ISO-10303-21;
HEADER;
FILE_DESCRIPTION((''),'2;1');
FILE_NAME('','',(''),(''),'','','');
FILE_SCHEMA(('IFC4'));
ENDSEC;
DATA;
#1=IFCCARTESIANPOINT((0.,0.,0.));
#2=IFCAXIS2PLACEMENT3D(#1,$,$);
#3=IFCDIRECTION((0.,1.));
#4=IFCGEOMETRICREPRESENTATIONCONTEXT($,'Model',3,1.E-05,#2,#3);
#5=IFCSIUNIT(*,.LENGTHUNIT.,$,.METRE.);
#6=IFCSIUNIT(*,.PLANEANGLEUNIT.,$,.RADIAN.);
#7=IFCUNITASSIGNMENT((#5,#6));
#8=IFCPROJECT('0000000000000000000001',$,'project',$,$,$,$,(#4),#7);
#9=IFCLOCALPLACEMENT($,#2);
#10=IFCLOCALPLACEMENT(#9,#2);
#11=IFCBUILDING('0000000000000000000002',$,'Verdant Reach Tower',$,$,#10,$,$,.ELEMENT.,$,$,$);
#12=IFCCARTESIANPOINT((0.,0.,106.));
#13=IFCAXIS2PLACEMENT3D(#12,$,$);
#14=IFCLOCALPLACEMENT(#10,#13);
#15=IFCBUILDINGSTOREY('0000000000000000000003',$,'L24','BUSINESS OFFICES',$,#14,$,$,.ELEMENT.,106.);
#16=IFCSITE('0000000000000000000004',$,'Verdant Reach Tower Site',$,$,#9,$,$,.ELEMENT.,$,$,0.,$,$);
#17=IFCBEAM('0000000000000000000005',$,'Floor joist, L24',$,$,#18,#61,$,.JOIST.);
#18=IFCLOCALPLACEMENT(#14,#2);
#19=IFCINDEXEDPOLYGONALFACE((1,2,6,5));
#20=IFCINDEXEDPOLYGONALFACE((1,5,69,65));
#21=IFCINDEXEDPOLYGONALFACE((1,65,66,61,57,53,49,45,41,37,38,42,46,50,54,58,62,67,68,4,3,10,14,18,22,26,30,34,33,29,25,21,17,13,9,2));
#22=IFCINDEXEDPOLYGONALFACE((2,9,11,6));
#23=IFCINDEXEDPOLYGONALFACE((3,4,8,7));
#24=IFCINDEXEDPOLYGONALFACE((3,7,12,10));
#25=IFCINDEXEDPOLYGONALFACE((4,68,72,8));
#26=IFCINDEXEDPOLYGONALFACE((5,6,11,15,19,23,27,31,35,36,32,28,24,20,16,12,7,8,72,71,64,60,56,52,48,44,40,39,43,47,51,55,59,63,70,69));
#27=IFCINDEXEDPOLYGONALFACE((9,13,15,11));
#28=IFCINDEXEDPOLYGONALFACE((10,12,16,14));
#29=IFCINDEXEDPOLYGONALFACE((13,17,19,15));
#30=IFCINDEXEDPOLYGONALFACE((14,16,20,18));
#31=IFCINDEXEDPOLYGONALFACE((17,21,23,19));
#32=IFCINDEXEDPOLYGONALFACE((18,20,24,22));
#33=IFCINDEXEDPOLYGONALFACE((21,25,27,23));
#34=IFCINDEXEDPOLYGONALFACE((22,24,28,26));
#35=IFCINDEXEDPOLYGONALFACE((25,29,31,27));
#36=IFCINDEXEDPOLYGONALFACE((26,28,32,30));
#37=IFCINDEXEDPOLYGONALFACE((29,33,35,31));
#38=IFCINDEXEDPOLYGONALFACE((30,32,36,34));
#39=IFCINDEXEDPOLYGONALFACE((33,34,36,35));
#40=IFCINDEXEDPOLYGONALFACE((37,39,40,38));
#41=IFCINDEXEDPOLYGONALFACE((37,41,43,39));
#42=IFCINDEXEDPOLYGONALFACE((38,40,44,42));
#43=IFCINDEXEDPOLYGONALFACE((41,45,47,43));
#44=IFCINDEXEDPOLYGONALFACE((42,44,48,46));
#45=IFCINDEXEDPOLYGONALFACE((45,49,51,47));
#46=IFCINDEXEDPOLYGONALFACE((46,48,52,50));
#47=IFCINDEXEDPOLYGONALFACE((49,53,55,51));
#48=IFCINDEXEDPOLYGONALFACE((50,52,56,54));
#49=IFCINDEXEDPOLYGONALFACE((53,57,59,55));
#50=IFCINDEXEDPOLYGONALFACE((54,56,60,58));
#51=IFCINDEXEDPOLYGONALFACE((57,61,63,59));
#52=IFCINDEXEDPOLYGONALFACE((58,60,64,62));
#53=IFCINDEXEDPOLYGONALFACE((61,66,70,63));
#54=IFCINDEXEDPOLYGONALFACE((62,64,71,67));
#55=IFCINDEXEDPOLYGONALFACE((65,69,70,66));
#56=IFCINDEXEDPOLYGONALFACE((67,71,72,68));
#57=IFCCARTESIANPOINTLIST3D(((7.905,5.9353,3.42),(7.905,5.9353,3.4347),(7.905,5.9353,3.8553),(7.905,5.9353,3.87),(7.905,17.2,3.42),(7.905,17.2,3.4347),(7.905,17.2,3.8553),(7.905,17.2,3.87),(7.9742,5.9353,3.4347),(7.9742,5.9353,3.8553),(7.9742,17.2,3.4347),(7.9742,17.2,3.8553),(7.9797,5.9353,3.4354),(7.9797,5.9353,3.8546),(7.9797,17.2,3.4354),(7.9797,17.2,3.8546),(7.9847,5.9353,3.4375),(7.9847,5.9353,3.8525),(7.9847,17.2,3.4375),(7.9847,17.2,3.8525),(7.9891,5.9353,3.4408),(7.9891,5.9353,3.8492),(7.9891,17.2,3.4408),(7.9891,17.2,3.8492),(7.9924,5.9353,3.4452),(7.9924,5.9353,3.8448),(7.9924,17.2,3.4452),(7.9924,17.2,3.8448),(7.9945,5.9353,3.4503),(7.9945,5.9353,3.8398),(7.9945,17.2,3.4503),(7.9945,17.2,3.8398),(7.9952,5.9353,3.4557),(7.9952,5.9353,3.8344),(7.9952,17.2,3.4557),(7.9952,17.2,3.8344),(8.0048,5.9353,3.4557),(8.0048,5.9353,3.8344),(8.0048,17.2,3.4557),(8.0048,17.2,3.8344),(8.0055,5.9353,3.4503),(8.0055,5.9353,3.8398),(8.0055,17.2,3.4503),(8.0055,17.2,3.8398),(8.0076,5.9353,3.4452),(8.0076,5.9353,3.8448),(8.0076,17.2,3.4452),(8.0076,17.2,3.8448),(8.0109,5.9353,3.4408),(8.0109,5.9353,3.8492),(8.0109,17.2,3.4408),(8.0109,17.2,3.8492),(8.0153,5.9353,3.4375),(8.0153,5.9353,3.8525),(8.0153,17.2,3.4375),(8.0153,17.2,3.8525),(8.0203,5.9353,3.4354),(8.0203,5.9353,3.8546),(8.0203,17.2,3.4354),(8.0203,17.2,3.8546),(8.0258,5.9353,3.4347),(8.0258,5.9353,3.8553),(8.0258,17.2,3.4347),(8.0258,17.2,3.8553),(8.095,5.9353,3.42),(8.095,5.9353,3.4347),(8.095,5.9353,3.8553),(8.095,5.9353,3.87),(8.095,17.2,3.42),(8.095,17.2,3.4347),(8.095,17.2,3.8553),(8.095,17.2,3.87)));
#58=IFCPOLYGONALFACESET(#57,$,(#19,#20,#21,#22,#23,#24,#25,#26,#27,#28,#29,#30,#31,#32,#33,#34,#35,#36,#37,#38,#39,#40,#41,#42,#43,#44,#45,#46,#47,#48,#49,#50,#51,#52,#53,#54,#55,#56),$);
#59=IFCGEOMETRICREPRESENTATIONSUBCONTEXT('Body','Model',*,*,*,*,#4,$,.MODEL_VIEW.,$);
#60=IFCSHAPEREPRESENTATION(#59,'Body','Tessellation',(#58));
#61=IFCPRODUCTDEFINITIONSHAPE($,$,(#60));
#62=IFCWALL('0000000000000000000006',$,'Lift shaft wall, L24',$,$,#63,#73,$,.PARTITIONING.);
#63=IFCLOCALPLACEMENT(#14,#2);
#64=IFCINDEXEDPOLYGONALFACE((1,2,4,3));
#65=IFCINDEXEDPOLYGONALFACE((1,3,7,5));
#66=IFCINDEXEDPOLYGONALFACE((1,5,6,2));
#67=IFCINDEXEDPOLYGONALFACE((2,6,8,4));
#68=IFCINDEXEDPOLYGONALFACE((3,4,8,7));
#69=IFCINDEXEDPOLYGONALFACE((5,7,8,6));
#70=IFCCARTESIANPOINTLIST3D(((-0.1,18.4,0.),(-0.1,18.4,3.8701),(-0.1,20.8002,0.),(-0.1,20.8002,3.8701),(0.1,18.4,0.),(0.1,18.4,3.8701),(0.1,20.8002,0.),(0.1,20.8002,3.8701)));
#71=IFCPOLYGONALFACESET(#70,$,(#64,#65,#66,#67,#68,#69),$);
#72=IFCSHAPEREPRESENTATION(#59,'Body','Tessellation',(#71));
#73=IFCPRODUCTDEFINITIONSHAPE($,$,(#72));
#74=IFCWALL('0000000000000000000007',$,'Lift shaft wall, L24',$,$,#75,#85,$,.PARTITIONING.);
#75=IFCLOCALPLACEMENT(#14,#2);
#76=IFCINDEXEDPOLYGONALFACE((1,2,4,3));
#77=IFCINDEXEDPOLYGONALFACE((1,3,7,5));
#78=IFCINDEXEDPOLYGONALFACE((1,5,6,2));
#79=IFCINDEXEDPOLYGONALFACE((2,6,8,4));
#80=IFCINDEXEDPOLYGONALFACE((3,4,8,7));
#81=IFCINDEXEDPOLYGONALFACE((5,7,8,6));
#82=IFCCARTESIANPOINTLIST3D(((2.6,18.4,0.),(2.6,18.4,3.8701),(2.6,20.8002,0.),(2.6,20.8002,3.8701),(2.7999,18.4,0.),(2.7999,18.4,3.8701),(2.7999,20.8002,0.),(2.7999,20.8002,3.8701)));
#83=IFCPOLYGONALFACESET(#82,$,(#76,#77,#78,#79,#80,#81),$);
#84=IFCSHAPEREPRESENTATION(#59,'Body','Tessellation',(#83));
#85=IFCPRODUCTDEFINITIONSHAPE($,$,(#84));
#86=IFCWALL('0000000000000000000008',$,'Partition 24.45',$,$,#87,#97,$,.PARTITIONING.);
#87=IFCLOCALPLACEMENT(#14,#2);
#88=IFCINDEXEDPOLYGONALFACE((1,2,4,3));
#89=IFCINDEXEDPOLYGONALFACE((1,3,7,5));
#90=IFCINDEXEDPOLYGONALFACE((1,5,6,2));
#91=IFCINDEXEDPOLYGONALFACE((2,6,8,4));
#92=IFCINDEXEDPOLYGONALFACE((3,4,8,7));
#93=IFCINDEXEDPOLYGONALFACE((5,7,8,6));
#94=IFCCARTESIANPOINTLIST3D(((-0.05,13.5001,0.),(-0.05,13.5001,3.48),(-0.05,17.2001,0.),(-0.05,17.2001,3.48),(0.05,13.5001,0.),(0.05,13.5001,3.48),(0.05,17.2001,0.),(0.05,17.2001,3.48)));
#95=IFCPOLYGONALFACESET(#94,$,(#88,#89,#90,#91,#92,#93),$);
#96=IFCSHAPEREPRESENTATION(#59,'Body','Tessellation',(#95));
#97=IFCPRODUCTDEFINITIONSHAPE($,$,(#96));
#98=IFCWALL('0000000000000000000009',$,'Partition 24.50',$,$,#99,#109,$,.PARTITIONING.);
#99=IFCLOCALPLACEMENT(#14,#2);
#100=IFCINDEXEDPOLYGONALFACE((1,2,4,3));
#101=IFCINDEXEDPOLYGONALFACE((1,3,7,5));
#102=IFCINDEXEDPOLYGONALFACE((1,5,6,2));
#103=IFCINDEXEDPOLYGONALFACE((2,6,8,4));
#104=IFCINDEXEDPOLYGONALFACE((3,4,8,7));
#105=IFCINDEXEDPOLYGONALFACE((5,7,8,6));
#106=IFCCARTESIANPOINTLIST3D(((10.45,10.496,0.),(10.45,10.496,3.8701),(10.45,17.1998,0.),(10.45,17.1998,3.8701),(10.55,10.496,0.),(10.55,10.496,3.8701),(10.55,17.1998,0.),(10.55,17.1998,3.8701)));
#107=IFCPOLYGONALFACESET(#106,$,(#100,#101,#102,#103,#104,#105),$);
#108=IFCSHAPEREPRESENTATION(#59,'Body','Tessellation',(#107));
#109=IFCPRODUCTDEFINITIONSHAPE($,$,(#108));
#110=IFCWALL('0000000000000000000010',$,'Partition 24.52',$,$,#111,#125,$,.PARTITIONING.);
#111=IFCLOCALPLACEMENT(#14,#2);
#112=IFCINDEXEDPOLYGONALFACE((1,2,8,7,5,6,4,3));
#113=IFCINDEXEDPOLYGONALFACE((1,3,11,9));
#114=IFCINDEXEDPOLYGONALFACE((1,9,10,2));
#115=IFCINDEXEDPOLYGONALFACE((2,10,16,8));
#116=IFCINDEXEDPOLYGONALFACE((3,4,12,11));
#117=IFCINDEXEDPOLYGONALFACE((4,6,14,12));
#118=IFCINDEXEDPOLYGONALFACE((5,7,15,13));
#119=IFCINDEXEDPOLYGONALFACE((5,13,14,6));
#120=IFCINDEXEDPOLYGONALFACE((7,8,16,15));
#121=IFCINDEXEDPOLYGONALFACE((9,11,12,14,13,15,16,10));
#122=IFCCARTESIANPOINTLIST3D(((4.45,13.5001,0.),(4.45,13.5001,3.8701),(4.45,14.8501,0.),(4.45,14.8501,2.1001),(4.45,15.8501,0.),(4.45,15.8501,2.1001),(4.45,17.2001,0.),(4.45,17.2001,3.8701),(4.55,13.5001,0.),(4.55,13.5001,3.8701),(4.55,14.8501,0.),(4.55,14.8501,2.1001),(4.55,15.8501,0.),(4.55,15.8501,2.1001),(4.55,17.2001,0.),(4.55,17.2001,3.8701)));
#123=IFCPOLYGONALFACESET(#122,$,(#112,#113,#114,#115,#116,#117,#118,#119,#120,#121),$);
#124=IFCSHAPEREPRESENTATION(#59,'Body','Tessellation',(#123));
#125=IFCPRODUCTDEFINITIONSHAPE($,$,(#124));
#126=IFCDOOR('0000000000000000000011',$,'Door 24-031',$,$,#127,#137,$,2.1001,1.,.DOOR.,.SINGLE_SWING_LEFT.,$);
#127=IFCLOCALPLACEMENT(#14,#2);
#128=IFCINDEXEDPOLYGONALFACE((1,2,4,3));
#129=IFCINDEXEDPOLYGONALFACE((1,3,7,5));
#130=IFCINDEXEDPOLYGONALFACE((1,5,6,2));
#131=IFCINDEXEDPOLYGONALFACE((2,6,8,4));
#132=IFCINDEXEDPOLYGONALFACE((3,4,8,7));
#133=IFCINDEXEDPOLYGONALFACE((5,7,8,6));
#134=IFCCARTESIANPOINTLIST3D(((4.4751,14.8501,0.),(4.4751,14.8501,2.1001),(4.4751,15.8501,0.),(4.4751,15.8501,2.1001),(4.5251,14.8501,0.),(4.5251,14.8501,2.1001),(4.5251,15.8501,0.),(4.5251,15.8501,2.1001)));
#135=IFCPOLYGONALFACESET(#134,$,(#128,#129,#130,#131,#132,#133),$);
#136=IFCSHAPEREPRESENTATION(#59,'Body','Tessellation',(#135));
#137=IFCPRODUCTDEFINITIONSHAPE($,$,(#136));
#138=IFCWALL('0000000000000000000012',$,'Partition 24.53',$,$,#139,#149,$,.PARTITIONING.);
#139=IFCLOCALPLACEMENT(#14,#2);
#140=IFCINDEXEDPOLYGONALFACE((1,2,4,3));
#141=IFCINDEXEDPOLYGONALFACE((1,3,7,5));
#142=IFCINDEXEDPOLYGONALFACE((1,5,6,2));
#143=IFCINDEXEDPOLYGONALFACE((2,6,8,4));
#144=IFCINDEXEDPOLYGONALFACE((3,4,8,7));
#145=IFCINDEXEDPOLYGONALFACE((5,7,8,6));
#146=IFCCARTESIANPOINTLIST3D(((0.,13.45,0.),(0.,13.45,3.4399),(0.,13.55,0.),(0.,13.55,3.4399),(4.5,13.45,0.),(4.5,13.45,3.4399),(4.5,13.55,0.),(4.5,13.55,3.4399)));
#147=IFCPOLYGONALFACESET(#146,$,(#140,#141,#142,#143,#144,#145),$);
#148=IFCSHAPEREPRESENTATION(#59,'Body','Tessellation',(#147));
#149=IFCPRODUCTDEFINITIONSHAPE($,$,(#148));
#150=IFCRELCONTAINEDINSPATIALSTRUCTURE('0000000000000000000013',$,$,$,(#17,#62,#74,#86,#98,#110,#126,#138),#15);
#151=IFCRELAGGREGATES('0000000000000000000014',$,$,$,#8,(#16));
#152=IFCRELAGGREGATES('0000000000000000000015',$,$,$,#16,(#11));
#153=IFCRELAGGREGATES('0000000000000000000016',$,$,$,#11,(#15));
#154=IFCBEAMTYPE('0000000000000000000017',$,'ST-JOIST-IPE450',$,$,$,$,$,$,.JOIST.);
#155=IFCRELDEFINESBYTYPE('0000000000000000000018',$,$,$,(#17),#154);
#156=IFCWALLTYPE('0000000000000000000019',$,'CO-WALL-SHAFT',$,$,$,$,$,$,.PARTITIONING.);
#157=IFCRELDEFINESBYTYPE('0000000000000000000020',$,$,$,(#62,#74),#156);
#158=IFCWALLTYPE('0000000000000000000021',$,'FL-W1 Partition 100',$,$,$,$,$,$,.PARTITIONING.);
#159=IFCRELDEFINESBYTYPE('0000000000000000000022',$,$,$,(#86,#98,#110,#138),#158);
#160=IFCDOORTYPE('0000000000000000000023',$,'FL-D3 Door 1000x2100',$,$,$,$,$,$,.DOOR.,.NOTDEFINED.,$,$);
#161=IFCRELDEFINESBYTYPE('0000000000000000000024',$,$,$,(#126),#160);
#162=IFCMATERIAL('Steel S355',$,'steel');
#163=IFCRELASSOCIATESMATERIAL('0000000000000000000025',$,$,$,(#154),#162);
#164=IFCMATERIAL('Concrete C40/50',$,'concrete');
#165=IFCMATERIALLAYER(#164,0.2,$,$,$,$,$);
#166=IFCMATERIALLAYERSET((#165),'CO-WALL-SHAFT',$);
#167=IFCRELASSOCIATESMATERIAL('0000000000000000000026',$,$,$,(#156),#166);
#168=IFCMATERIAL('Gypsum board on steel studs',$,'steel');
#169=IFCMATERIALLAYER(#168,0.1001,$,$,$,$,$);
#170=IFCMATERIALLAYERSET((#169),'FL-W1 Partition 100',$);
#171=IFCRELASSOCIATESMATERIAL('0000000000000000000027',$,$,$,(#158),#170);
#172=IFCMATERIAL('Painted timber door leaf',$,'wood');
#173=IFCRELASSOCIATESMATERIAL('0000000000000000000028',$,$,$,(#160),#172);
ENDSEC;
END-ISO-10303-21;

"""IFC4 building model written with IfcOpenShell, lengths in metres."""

from ifc_helpers import new_model, si_unit, direction, frame, frame_2d, origin, origin_2d, place, context, subcontext, project, spatial, rectangle, i_section, extrude, material, layer, layer_set, material_profile, profile_set, type_object, element, fill, save


model = new_model("IFC4")

# Units and contexts
model_context = context("Model", 3, precision=1e-05, world=origin(), true_north=direction((0.0, 1.0)))
body_context = subcontext(model_context, "Body", "Model", "MODEL_VIEW")
ifc_project = project(units=[si_unit("LENGTHUNIT", "METRE"), si_unit("PLANEANGLEUNIT", "RADIAN")], contexts=[model_context])

# Site, building, storey
site_placement = place(None, origin())
site = spatial("IfcSite", under=ifc_project, at=site_placement, Name="Verdant Reach Tower Site", CompositionType="ELEMENT", RefElevation=0.0)
building_placement = place(site_placement, origin())
building = spatial("IfcBuilding", under=site, at=building_placement, Name="Verdant Reach Tower", CompositionType="ELEMENT")
storey_placement = place(building_placement, frame((0.0, 0.0, 106.0)))
storey = spatial("IfcBuildingStorey", under=building, at=storey_placement, Name="L24", Description="BUSINESS OFFICES", CompositionType="ELEMENT", Elevation=106.0)

# Beam
ifc_material_1 = material(Name="Steel S355", Category="steel")
ifc_material_profile_1 = material_profile(ifc_material_1, i_section(OverallWidth=0.1899, OverallDepth=0.45, WebThickness=0.0095, FlangeThickness=0.0146, FilletRadius=0.021, at=origin_2d()), Name="IPE 450")
ifc_profile_set_1 = profile_set([ifc_material_profile_1], Name="Steel S355")
beam_type_1 = type_object("IfcBeamType", Name="ST-JOIST-IPE450", PredefinedType="JOIST", material=ifc_profile_set_1)
beam_1_placement = place(storey_placement, frame((8.0, 17.2, 3.645), z_axis=(0.0, -1.0, 0.0), x_axis=(1.0, 0.0, 0.0)))
element("IfcBeam", 1, at=beam_1_placement, inside=storey, type_object=beam_type_1, Name="Floor joist, L24", PredefinedType="JOIST", context=body_context, shape_type="SweptSolid", body=[
    extrude(i_section(OverallWidth=0.1899, OverallDepth=0.45, WebThickness=0.0095, FlangeThickness=0.0146, FilletRadius=0.021, at=origin_2d()), origin(), (0.0, 0.0, 1.0), 11.2646),
])

# Walls
ifc_material_2 = material(Name="Concrete C40/50", Category="concrete")
ifc_layer_1 = layer(ifc_material_2, 0.2)
ifc_layer_set_1 = layer_set([ifc_layer_1], Name="CO-WALL-SHAFT")
wall_type_1 = type_object("IfcWallType", Name="CO-WALL-SHAFT", PredefinedType="PARTITIONING", material=ifc_layer_set_1)
for number, where, z_axis, x_axis, name in (
    (2, (0.0, 18.3999, 0.0), (0.0, 0.0, 1.0), (0.0, 1.0, 0.0), "Lift shaft wall, L24"),
    (3, (2.7, 18.3999, 0.0), (0.0, 0.0, 1.0), (0.0, 1.0, 0.0), "Lift shaft wall, L24"),
):
    element("IfcWall", number, at=place(storey_placement, frame(where, z_axis=z_axis, x_axis=x_axis)), inside=storey, type_object=wall_type_1, Name=name, PredefinedType="PARTITIONING", context=body_context, shape_type="SweptSolid", body=[
        extrude(rectangle(XDim=2.4001, YDim=0.2, at=frame_2d((1.2002, 0.0))), origin(), (0.0, 0.0, 1.0), 3.8701),
    ])
ifc_material_3 = material(Name="Gypsum board on steel studs", Category="steel")
ifc_layer_2 = layer(ifc_material_3, 0.1001)
ifc_layer_set_2 = layer_set([ifc_layer_2], Name="FL-W1 Partition 100")
wall_type_2 = type_object("IfcWallType", Name="FL-W1 Partition 100", PredefinedType="PARTITIONING", material=ifc_layer_set_2)
wall_1_placement = place(storey_placement, frame((0.0, 13.5, 0.0), z_axis=(0.0, 0.0, 1.0), x_axis=(0.0, 1.0, 0.0)))
element("IfcWall", 4, at=wall_1_placement, inside=storey, type_object=wall_type_2, Name="Partition 24.45", PredefinedType="PARTITIONING", context=body_context, shape_type="SweptSolid", body=[
    extrude(rectangle(XDim=3.7, YDim=0.1001, at=frame_2d((1.8501, 0.0))), origin(), (0.0, 0.0, 1.0), 3.48),
])
wall_2_placement = place(storey_placement, frame((10.5, 17.2, 0.0), z_axis=(0.0, 0.0, 1.0), x_axis=(0.0, -1.0, 0.0)))
element("IfcWall", 5, at=wall_2_placement, inside=storey, type_object=wall_type_2, Name="Partition 24.50", PredefinedType="PARTITIONING", context=body_context, shape_type="SweptSolid", body=[
    extrude(rectangle(XDim=6.7039, YDim=0.1001, at=frame_2d((3.3521, 0.0))), origin(), (0.0, 0.0, 1.0), 3.8701),
])

# Wall, opening, door
wall_3_placement = place(storey_placement, frame((4.5, 13.5, 0.0), z_axis=(0.0, 0.0, 1.0), x_axis=(0.0, 1.0, 0.0)))
wall_3 = element("IfcWall", 6, at=wall_3_placement, inside=storey, type_object=wall_type_2, Name="Partition 24.52", PredefinedType="PARTITIONING", context=body_context, shape_type="SweptSolid", body=[
    extrude(rectangle(XDim=3.7, YDim=0.1001, at=frame_2d((1.8501, 0.0))), origin(), (0.0, 0.0, 1.0), 3.8701),
])
opening_placement = place(wall_3_placement, frame((1.3501, 0.0, 0.0)))
opening = element("IfcOpeningElement", 7, at=opening_placement, cuts=wall_3, PredefinedType="OPENING", context=body_context, shape_type="SweptSolid", body=[
    extrude(rectangle(XDim=1.0, YDim=2.1001, at=frame_2d((0.5, 1.05))), frame((0.0, 0.0601, 0.0), z_axis=(0.0, -1.0, 0.0), x_axis=(1.0, 0.0, 0.0)), (0.0, 0.0, 1.0), 0.1201),
])
ifc_material_4 = material(Name="Painted timber door leaf", Category="wood")
door_type = type_object("IfcDoorType", Name="FL-D3 Door 1000x2100", OperationType="NOTDEFINED", PredefinedType="DOOR", material=ifc_material_4)
door_placement = place(opening_placement, origin())
door = element("IfcDoor", 8, at=door_placement, inside=storey, type_object=door_type, Name="Door 24-031", OperationType="SINGLE_SWING_LEFT", OverallHeight=2.1001, OverallWidth=1.0, PredefinedType="DOOR", context=body_context, shape_type="SweptSolid", body=[
    extrude(rectangle(XDim=1.0, YDim=2.1001, at=frame_2d((0.5, 1.05))), frame((0.0, 0.0249, 0.0), z_axis=(0.0, -1.0, 0.0), x_axis=(1.0, 0.0, 0.0)), (0.0, 0.0, 1.0), 0.05),
])
fill(opening, door)

# Wall
wall_4_placement = place(storey_placement, frame((4.5, 13.5, 0.0), z_axis=(0.0, 0.0, 1.0), x_axis=(-1.0, 0.0, 0.0)))
element("IfcWall", 9, at=wall_4_placement, inside=storey, type_object=wall_type_2, Name="Partition 24.53", PredefinedType="PARTITIONING", context=body_context, shape_type="SweptSolid", body=[
    extrude(rectangle(XDim=4.5, YDim=0.1001, at=frame_2d((2.25, 0.0))), origin(), (0.0, 0.0, 1.0), 3.4399),
])

save(model, "model.ifc")
